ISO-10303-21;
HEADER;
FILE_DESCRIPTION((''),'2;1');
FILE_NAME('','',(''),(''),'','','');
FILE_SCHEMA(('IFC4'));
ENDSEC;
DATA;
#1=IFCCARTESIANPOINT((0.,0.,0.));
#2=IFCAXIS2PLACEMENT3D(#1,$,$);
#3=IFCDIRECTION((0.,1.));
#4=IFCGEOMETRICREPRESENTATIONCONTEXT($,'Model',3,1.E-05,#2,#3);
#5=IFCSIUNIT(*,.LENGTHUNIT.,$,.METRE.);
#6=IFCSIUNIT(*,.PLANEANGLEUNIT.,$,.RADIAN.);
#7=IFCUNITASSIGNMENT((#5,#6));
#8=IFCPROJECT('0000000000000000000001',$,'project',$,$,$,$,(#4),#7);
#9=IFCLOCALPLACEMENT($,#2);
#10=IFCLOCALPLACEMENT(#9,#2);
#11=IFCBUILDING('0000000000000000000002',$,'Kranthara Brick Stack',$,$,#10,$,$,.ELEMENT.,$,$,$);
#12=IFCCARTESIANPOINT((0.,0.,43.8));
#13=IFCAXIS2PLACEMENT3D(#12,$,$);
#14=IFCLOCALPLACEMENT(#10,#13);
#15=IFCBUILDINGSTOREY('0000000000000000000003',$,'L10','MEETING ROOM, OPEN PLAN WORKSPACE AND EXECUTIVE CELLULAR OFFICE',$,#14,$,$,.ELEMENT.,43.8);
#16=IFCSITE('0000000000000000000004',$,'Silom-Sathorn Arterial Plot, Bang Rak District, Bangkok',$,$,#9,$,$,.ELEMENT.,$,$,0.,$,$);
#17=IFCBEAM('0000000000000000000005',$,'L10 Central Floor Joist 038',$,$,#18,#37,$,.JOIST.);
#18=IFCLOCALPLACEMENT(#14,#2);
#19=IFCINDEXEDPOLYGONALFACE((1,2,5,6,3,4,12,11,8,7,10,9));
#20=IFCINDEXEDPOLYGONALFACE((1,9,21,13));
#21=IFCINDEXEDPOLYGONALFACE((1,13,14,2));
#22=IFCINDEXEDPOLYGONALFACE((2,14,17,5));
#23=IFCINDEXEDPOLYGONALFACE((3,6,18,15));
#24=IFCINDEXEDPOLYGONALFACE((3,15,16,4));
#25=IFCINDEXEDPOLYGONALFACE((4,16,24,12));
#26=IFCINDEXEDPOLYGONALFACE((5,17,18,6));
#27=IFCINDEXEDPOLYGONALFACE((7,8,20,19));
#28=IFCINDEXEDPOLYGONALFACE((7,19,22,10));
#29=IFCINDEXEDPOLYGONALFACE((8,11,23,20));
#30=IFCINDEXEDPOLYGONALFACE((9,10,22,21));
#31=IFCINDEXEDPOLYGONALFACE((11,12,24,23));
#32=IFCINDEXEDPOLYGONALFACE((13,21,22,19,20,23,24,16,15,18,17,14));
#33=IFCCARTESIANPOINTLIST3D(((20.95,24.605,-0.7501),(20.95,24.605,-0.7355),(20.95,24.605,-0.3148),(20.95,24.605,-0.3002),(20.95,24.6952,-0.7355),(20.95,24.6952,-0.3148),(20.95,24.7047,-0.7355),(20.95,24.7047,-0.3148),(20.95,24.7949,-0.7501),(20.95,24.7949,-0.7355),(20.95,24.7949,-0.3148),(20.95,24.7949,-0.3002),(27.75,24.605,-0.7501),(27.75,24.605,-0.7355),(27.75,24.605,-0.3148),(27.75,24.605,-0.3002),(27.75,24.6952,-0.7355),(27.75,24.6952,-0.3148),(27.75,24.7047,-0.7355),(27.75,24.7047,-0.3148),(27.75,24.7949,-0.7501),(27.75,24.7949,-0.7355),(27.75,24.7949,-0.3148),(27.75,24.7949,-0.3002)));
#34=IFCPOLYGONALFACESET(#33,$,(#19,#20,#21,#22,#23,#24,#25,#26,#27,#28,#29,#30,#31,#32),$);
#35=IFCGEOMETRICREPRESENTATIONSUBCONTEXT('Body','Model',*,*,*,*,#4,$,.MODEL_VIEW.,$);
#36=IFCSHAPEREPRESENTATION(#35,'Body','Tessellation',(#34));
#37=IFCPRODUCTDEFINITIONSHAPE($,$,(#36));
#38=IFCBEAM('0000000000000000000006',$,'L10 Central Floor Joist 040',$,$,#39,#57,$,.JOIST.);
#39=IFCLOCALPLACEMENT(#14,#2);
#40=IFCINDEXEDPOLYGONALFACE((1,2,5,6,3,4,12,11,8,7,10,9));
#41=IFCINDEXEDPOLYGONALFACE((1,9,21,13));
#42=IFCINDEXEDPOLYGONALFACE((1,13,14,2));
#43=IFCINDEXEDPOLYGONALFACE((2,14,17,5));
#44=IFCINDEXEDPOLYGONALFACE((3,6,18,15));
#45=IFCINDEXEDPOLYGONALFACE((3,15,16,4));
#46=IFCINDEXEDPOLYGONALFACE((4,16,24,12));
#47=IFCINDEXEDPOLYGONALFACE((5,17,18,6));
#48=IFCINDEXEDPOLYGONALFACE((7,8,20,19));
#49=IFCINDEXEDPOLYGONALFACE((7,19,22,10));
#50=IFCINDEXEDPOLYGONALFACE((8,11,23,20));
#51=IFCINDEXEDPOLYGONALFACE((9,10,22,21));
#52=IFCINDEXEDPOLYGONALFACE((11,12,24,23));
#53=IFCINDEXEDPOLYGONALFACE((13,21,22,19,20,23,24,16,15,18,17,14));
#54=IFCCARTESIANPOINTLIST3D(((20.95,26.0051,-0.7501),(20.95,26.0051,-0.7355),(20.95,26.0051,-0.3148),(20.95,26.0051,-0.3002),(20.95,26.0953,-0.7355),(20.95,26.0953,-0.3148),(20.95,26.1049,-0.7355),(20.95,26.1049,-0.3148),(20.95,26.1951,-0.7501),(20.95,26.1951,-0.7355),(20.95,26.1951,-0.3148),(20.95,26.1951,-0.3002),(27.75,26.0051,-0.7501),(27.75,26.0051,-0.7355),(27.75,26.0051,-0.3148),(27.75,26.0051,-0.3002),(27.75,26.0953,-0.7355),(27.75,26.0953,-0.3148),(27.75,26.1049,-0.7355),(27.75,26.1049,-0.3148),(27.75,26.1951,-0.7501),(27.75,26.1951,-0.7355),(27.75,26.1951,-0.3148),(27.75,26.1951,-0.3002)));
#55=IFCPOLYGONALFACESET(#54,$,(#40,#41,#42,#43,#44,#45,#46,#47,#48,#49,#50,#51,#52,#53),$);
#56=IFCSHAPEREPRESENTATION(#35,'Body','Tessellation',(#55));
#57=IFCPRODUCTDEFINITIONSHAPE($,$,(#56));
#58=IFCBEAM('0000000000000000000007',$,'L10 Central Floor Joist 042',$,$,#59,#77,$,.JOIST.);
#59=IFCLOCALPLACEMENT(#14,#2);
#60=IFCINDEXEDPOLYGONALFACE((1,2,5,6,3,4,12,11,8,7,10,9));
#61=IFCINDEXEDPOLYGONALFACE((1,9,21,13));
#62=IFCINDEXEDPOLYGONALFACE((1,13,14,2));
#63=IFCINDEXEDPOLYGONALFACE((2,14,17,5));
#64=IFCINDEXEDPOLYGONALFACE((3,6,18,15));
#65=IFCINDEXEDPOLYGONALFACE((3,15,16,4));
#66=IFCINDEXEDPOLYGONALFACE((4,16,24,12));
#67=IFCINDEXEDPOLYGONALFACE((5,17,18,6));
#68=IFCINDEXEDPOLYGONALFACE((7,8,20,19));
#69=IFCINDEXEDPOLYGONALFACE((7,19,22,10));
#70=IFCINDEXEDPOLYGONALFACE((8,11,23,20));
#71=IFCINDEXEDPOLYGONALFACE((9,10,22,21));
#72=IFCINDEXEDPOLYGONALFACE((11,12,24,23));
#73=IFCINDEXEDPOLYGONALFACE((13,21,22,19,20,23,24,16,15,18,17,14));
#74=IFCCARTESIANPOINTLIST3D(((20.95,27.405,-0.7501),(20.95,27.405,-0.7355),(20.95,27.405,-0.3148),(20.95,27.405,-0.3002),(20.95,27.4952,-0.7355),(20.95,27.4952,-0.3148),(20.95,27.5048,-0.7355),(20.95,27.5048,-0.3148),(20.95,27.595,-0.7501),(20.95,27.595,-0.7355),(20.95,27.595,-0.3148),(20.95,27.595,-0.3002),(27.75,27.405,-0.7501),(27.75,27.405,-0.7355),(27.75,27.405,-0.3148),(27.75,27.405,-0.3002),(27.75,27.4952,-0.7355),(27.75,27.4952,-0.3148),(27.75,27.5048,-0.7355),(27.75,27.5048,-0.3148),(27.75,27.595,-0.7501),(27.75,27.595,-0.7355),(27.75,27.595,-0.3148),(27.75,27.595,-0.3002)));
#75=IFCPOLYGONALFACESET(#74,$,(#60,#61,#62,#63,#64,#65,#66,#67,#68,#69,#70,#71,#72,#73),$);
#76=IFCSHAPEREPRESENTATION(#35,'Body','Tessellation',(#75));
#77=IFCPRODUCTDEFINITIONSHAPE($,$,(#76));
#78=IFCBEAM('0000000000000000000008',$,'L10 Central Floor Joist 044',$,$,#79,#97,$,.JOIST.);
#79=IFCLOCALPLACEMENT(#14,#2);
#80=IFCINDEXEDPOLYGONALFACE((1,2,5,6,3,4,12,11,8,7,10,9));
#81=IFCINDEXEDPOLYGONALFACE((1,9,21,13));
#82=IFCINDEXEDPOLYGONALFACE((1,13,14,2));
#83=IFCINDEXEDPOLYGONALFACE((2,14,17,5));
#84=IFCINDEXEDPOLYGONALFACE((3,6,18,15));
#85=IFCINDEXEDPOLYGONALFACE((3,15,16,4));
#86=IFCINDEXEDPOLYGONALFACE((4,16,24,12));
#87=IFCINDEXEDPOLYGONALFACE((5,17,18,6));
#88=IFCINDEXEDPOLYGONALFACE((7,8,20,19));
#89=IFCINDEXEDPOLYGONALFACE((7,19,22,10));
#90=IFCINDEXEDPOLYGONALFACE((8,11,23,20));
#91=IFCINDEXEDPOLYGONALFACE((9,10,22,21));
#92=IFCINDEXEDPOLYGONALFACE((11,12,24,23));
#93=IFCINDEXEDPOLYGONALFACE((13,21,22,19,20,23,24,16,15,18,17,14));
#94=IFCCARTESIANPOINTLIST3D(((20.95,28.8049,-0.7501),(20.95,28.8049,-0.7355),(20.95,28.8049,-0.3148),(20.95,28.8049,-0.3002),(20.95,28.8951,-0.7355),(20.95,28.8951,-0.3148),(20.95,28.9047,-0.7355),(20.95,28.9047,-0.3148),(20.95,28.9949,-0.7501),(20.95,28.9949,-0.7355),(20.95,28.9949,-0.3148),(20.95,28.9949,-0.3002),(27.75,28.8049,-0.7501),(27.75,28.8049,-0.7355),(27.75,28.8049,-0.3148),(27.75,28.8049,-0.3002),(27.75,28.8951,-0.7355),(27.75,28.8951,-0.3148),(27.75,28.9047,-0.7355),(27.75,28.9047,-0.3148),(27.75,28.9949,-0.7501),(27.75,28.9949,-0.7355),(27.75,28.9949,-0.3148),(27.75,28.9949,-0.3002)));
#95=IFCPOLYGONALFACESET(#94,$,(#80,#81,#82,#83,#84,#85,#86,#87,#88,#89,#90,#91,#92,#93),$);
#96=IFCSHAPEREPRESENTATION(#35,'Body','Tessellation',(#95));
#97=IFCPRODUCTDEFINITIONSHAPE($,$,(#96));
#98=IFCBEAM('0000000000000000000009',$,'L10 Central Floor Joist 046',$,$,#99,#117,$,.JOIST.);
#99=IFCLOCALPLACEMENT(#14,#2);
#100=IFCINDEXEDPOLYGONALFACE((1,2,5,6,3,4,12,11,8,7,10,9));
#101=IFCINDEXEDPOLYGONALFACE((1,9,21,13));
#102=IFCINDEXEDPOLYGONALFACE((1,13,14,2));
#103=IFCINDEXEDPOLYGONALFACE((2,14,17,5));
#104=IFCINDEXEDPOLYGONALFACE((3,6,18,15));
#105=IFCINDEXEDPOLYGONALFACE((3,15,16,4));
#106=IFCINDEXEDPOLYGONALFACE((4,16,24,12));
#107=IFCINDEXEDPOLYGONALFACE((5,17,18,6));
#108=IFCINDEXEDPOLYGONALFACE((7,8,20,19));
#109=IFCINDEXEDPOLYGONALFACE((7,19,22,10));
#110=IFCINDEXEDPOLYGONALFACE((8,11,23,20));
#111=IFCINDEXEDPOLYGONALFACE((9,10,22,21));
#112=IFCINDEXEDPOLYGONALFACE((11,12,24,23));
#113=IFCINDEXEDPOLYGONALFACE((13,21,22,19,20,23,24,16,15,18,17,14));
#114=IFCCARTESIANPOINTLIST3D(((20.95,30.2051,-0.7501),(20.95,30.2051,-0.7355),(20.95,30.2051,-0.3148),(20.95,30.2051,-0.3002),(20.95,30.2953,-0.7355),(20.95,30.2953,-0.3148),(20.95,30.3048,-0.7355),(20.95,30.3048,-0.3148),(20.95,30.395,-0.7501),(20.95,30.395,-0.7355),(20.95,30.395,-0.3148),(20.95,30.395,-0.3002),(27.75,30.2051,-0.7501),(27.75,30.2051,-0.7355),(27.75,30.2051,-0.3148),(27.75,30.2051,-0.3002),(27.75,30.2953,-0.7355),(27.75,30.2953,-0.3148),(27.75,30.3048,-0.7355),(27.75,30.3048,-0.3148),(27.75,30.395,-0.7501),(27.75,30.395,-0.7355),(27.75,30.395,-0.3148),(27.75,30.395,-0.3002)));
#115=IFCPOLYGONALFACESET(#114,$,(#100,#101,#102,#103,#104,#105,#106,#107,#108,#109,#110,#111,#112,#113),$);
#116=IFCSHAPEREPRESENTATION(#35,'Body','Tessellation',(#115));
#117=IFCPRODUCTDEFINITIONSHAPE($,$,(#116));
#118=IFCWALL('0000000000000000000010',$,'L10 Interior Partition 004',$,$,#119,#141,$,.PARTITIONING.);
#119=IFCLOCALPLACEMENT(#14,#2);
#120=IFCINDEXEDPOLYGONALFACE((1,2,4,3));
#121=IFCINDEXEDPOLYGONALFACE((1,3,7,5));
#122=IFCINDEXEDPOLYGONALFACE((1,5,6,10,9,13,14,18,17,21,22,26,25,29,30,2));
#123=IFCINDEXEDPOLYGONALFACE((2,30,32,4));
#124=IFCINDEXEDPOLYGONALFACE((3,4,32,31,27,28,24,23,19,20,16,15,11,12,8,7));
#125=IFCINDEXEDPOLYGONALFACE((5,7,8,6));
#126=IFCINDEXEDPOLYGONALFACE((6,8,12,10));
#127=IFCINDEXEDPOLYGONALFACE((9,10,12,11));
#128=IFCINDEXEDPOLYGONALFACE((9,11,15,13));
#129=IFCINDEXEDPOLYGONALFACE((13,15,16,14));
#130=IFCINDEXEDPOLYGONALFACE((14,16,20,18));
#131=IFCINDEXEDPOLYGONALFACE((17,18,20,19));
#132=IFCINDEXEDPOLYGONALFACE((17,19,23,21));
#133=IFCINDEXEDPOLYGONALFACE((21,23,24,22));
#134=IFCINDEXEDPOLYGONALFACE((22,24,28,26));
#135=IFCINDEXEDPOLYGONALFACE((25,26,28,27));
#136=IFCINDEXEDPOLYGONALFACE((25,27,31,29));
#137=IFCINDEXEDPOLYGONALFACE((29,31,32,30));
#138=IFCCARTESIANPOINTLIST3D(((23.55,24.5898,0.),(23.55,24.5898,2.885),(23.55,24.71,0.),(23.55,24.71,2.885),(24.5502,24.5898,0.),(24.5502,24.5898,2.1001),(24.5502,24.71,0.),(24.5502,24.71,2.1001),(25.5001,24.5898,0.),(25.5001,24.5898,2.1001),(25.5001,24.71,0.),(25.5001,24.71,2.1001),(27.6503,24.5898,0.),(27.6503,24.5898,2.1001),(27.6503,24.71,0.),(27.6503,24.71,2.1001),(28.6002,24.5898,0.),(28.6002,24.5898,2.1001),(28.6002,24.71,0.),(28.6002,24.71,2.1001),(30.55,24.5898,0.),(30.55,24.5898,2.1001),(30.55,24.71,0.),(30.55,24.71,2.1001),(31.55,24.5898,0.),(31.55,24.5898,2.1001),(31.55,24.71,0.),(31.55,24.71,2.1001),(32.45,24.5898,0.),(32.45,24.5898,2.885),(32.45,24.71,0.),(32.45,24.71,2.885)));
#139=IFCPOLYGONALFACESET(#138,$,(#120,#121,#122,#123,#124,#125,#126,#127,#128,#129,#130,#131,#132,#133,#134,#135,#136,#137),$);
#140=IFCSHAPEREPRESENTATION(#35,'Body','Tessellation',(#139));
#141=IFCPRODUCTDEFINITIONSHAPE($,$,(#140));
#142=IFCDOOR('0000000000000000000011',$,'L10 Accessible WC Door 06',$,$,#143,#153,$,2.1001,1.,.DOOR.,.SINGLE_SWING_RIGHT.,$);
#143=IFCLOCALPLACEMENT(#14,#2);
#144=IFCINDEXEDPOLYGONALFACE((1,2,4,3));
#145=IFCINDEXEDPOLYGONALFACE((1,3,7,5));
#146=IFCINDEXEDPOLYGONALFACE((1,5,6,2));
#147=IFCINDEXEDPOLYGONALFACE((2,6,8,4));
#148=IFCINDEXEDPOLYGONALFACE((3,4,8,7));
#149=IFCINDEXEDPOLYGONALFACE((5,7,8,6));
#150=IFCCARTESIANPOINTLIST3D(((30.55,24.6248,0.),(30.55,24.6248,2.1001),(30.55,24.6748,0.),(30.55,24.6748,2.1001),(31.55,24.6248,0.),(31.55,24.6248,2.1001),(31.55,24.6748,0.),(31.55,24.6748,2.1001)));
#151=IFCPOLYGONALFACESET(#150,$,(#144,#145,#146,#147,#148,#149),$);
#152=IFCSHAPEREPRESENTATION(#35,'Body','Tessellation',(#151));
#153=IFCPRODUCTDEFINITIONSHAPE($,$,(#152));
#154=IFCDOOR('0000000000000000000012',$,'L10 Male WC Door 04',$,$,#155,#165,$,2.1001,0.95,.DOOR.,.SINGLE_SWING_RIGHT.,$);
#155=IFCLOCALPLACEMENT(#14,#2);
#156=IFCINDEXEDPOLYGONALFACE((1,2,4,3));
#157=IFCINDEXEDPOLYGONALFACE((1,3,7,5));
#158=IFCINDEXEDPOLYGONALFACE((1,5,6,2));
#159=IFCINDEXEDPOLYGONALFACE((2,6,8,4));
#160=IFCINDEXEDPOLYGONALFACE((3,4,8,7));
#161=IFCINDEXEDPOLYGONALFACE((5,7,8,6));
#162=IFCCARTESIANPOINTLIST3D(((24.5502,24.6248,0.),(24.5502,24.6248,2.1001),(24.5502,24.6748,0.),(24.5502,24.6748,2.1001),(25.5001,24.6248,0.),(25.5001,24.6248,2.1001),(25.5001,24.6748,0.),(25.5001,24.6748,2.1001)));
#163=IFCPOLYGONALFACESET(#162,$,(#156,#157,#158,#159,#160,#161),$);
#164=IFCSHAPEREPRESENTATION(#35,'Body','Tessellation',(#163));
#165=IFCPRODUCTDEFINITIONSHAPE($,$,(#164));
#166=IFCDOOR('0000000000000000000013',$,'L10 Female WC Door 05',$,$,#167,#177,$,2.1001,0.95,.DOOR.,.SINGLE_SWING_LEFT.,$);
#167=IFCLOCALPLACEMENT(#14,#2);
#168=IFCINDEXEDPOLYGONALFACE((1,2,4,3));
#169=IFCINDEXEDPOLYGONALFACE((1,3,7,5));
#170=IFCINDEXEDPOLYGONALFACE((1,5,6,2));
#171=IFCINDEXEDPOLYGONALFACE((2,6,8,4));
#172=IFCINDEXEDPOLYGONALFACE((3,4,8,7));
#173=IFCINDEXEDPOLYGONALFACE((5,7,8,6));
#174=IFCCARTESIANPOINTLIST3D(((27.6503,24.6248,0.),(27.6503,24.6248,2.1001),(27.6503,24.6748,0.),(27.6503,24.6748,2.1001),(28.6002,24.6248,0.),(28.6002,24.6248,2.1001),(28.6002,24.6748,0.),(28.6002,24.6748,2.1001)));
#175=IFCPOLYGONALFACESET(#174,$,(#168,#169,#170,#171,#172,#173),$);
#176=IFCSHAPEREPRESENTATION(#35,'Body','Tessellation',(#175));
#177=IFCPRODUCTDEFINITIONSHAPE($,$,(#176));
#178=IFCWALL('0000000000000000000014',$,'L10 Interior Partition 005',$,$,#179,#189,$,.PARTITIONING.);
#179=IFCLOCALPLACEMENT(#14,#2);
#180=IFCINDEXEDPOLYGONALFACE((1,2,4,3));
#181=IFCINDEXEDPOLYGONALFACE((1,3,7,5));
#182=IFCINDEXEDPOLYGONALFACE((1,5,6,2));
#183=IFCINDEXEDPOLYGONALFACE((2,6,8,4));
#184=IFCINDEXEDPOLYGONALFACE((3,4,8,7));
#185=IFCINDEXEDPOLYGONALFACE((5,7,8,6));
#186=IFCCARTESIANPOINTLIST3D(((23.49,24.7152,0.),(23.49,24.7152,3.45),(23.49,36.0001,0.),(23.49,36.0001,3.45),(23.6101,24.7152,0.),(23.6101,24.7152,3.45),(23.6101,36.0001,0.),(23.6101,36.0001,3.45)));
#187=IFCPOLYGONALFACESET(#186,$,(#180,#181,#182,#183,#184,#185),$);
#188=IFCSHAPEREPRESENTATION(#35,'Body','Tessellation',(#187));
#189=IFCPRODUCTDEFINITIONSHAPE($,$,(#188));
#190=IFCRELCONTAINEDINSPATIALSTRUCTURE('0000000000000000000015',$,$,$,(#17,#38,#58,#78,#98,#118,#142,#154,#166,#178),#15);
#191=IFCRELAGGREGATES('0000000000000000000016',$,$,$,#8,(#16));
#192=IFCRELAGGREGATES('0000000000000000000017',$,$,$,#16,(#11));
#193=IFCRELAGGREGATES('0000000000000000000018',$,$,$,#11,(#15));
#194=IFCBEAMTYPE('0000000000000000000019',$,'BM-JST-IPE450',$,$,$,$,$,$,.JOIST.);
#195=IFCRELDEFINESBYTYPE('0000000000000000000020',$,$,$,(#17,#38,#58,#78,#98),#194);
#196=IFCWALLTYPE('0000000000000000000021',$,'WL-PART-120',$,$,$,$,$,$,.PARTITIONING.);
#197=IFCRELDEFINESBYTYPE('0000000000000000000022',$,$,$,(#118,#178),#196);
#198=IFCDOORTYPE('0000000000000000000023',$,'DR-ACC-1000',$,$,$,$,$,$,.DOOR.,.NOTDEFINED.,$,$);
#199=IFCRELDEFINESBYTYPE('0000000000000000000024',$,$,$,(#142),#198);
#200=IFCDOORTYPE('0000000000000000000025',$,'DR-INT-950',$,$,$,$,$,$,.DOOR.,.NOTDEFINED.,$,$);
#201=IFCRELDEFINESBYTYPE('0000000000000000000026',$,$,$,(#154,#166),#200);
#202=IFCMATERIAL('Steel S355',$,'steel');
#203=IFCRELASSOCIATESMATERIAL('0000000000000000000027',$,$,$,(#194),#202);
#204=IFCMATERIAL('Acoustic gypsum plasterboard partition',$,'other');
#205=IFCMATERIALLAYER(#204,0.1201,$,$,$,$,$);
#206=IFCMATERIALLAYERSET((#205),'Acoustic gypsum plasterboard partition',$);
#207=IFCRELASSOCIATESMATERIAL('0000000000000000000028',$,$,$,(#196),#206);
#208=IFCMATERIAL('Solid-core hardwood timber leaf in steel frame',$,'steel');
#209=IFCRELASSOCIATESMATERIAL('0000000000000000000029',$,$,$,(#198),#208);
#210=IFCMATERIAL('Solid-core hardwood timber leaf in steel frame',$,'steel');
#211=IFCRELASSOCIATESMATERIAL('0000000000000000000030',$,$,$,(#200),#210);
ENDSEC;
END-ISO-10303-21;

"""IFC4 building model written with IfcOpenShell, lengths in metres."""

from ifc_helpers import new_model, si_unit, direction, frame, frame_2d, origin, origin_2d, place, context, subcontext, project, spatial, rectangle, i_section, extrude, material, layer, layer_set, material_profile, profile_set, type_object, element, fill, save


model = new_model("IFC4")

# Units and contexts
model_context = context("Model", 3, precision=1e-05, world=origin(), true_north=direction((0.0, 1.0)))
body_context = subcontext(model_context, "Body", "Model", "MODEL_VIEW")
ifc_project = project(units=[si_unit("LENGTHUNIT", "METRE"), si_unit("PLANEANGLEUNIT", "RADIAN")], contexts=[model_context])

# Site, building, storey
site_placement = place(None, origin())
site = spatial("IfcSite", under=ifc_project, at=site_placement, Name="Silom-Sathorn Arterial Plot, Bang Rak District, Bangkok", CompositionType="ELEMENT", RefElevation=0.0)
building_placement = place(site_placement, origin())
building = spatial("IfcBuilding", under=site, at=building_placement, Name="Kranthara Brick Stack", CompositionType="ELEMENT")
storey_placement = place(building_placement, frame((0.0, 0.0, 43.8)))
storey = spatial("IfcBuildingStorey", under=building, at=storey_placement, Name="L10", Description="MEETING ROOM, OPEN PLAN WORKSPACE AND EXECUTIVE CELLULAR OFFICE", CompositionType="ELEMENT", Elevation=43.8)

# Beams
ifc_material_1 = material(Name="Steel S355", Category="steel")
ifc_material_profile = material_profile(ifc_material_1, i_section(OverallWidth=0.1899, OverallDepth=0.45, WebThickness=0.0095, FlangeThickness=0.0146, at=origin_2d()), Name="IPE 450")
ifc_profile_set = profile_set([ifc_material_profile], Name="Steel S355")
beam_type = type_object("IfcBeamType", Name="BM-JST-IPE450", PredefinedType="JOIST", material=ifc_profile_set)
for number, where, z_axis, x_axis, name in (
    (1, (20.95, 24.7, -0.5251), (1.0, 0.0, 0.0), (0.0, 1.0, 0.0), "L10 Central Floor Joist 038"),
    (2, (20.95, 26.1001, -0.5251), (1.0, 0.0, 0.0), (0.0, 1.0, 0.0), "L10 Central Floor Joist 040"),
    (3, (20.95, 27.5, -0.5251), (1.0, 0.0, 0.0), (0.0, 1.0, 0.0), "L10 Central Floor Joist 042"),
    (4, (20.95, 28.8999, -0.5251), (1.0, 0.0, 0.0), (0.0, 1.0, 0.0), "L10 Central Floor Joist 044"),
    (5, (20.95, 30.3, -0.5251), (1.0, 0.0, 0.0), (0.0, 1.0, 0.0), "L10 Central Floor Joist 046"),
):
    element("IfcBeam", number, at=place(storey_placement, frame(where, z_axis=z_axis, x_axis=x_axis)), inside=storey, type_object=beam_type, Name=name, PredefinedType="JOIST", context=body_context, shape_type="SweptSolid", body=[
        extrude(i_section(OverallWidth=0.1899, OverallDepth=0.45, WebThickness=0.0095, FlangeThickness=0.0146, at=origin_2d()), origin(), (0.0, 0.0, 1.0), 6.8),
    ])

# Wall, openings, doors
ifc_material_2 = material(Name="Acoustic gypsum plasterboard partition", Category="other")
ifc_layer_1 = layer(ifc_material_2, 0.1201)
ifc_layer_set_1 = layer_set([ifc_layer_1], Name="Acoustic gypsum plasterboard partition")
wall_type_1 = type_object("IfcWallType", Name="WL-PART-120", PredefinedType="PARTITIONING", material=ifc_layer_set_1)
wall_1_placement = place(storey_placement, frame((23.55, 24.6499, 0.0), z_axis=(0.0, 0.0, 1.0), x_axis=(1.0, 0.0, 0.0)))
wall_1 = element("IfcWall", 6, at=wall_1_placement, inside=storey, type_object=wall_type_1, Name="L10 Interior Partition 004", PredefinedType="PARTITIONING", context=body_context, shape_type="SweptSolid", body=[
    extrude(rectangle(XDim=8.8999, YDim=0.1201, at=frame_2d((4.45, 0.0))), origin(), (0.0, 0.0, 1.0), 2.885),
])
opening_1_placement = place(wall_1_placement, frame((1.0, 0.0, 0.0)))
opening_1 = element("IfcOpeningElement", 7, at=opening_1_placement, cuts=wall_1, PredefinedType="OPENING", context=body_context, shape_type="SweptSolid", body=[
    extrude(rectangle(XDim=0.95, YDim=2.1001, at=frame_2d((0.4751, 1.05))), frame((0.0, 0.0701, 0.0), z_axis=(0.0, -1.0, 0.0), x_axis=(1.0, 0.0, 0.0)), (0.0, 0.0, 1.0), 0.1401),
])
opening_2_placement = place(wall_1_placement, frame((4.1001, 0.0, 0.0)))
opening_2 = element("IfcOpeningElement", 8, at=opening_2_placement, cuts=wall_1, PredefinedType="OPENING", context=body_context, shape_type="SweptSolid", body=[
    extrude(rectangle(XDim=0.95, YDim=2.1001, at=frame_2d((0.4751, 1.05))), frame((0.0, 0.0701, 0.0), z_axis=(0.0, -1.0, 0.0), x_axis=(1.0, 0.0, 0.0)), (0.0, 0.0, 1.0), 0.1401),
])
opening_3_placement = place(wall_1_placement, frame((7.0, 0.0, 0.0)))
opening_3 = element("IfcOpeningElement", 9, at=opening_3_placement, cuts=wall_1, PredefinedType="OPENING", context=body_context, shape_type="SweptSolid", body=[
    extrude(rectangle(XDim=1.0, YDim=2.1001, at=frame_2d((0.5, 1.05))), frame((0.0, 0.0701, 0.0), z_axis=(0.0, -1.0, 0.0), x_axis=(1.0, 0.0, 0.0)), (0.0, 0.0, 1.0), 0.1401),
])
ifc_material_3 = material(Name="Solid-core hardwood timber leaf in steel frame", Category="steel")
door_type_1 = type_object("IfcDoorType", Name="DR-ACC-1000", OperationType="NOTDEFINED", PredefinedType="DOOR", material=ifc_material_3)
door_1_placement = place(opening_3_placement, origin())
door_1 = element("IfcDoor", 10, at=door_1_placement, inside=storey, type_object=door_type_1, Name="L10 Accessible WC Door 06", OperationType="SINGLE_SWING_RIGHT", OverallHeight=2.1001, OverallWidth=1.0, PredefinedType="DOOR", context=body_context, shape_type="SweptSolid", body=[
    extrude(rectangle(XDim=1.0, YDim=2.1001, at=frame_2d((0.5, 1.05))), frame((0.0, 0.0249, 0.0), z_axis=(0.0, -1.0, 0.0), x_axis=(1.0, 0.0, 0.0)), (0.0, 0.0, 1.0), 0.05),
])
fill(opening_3, door_1)
ifc_material_4 = material(Name="Solid-core hardwood timber leaf in steel frame", Category="steel")
door_type_2 = type_object("IfcDoorType", Name="DR-INT-950", OperationType="NOTDEFINED", PredefinedType="DOOR", material=ifc_material_4)
door_2_placement = place(opening_1_placement, origin())
door_2 = element("IfcDoor", 11, at=door_2_placement, inside=storey, type_object=door_type_2, Name="L10 Male WC Door 04", OperationType="SINGLE_SWING_RIGHT", OverallHeight=2.1001, OverallWidth=0.95, PredefinedType="DOOR", context=body_context, shape_type="SweptSolid", body=[
    extrude(rectangle(XDim=0.95, YDim=2.1001, at=frame_2d((0.4751, 1.05))), frame((0.0, 0.0249, 0.0), z_axis=(0.0, -1.0, 0.0), x_axis=(1.0, 0.0, 0.0)), (0.0, 0.0, 1.0), 0.05),
])
fill(opening_1, door_2)
door_3_placement = place(opening_2_placement, origin())
door_3 = element("IfcDoor", 12, at=door_3_placement, inside=storey, type_object=door_type_2, Name="L10 Female WC Door 05", OperationType="SINGLE_SWING_LEFT", OverallHeight=2.1001, OverallWidth=0.95, PredefinedType="DOOR", context=body_context, shape_type="SweptSolid", body=[
    extrude(rectangle(XDim=0.95, YDim=2.1001, at=frame_2d((0.4751, 1.05))), frame((0.0, 0.0249, 0.0), z_axis=(0.0, -1.0, 0.0), x_axis=(1.0, 0.0, 0.0)), (0.0, 0.0, 1.0), 0.05),
])
fill(opening_2, door_3)

# Wall
wall_2_placement = place(storey_placement, frame((23.55, 24.7151, 0.0), z_axis=(0.0, 0.0, 1.0), x_axis=(0.0, 1.0, 0.0)))
element("IfcWall", 13, at=wall_2_placement, inside=storey, type_object=wall_type_1, Name="L10 Interior Partition 005", PredefinedType="PARTITIONING", context=body_context, shape_type="SweptSolid", body=[
    extrude(rectangle(XDim=11.2849, YDim=0.1201, at=frame_2d((5.6426, 0.0))), origin(), (0.0, 0.0, 1.0), 3.45),
])

save(model, "model.ifc")
